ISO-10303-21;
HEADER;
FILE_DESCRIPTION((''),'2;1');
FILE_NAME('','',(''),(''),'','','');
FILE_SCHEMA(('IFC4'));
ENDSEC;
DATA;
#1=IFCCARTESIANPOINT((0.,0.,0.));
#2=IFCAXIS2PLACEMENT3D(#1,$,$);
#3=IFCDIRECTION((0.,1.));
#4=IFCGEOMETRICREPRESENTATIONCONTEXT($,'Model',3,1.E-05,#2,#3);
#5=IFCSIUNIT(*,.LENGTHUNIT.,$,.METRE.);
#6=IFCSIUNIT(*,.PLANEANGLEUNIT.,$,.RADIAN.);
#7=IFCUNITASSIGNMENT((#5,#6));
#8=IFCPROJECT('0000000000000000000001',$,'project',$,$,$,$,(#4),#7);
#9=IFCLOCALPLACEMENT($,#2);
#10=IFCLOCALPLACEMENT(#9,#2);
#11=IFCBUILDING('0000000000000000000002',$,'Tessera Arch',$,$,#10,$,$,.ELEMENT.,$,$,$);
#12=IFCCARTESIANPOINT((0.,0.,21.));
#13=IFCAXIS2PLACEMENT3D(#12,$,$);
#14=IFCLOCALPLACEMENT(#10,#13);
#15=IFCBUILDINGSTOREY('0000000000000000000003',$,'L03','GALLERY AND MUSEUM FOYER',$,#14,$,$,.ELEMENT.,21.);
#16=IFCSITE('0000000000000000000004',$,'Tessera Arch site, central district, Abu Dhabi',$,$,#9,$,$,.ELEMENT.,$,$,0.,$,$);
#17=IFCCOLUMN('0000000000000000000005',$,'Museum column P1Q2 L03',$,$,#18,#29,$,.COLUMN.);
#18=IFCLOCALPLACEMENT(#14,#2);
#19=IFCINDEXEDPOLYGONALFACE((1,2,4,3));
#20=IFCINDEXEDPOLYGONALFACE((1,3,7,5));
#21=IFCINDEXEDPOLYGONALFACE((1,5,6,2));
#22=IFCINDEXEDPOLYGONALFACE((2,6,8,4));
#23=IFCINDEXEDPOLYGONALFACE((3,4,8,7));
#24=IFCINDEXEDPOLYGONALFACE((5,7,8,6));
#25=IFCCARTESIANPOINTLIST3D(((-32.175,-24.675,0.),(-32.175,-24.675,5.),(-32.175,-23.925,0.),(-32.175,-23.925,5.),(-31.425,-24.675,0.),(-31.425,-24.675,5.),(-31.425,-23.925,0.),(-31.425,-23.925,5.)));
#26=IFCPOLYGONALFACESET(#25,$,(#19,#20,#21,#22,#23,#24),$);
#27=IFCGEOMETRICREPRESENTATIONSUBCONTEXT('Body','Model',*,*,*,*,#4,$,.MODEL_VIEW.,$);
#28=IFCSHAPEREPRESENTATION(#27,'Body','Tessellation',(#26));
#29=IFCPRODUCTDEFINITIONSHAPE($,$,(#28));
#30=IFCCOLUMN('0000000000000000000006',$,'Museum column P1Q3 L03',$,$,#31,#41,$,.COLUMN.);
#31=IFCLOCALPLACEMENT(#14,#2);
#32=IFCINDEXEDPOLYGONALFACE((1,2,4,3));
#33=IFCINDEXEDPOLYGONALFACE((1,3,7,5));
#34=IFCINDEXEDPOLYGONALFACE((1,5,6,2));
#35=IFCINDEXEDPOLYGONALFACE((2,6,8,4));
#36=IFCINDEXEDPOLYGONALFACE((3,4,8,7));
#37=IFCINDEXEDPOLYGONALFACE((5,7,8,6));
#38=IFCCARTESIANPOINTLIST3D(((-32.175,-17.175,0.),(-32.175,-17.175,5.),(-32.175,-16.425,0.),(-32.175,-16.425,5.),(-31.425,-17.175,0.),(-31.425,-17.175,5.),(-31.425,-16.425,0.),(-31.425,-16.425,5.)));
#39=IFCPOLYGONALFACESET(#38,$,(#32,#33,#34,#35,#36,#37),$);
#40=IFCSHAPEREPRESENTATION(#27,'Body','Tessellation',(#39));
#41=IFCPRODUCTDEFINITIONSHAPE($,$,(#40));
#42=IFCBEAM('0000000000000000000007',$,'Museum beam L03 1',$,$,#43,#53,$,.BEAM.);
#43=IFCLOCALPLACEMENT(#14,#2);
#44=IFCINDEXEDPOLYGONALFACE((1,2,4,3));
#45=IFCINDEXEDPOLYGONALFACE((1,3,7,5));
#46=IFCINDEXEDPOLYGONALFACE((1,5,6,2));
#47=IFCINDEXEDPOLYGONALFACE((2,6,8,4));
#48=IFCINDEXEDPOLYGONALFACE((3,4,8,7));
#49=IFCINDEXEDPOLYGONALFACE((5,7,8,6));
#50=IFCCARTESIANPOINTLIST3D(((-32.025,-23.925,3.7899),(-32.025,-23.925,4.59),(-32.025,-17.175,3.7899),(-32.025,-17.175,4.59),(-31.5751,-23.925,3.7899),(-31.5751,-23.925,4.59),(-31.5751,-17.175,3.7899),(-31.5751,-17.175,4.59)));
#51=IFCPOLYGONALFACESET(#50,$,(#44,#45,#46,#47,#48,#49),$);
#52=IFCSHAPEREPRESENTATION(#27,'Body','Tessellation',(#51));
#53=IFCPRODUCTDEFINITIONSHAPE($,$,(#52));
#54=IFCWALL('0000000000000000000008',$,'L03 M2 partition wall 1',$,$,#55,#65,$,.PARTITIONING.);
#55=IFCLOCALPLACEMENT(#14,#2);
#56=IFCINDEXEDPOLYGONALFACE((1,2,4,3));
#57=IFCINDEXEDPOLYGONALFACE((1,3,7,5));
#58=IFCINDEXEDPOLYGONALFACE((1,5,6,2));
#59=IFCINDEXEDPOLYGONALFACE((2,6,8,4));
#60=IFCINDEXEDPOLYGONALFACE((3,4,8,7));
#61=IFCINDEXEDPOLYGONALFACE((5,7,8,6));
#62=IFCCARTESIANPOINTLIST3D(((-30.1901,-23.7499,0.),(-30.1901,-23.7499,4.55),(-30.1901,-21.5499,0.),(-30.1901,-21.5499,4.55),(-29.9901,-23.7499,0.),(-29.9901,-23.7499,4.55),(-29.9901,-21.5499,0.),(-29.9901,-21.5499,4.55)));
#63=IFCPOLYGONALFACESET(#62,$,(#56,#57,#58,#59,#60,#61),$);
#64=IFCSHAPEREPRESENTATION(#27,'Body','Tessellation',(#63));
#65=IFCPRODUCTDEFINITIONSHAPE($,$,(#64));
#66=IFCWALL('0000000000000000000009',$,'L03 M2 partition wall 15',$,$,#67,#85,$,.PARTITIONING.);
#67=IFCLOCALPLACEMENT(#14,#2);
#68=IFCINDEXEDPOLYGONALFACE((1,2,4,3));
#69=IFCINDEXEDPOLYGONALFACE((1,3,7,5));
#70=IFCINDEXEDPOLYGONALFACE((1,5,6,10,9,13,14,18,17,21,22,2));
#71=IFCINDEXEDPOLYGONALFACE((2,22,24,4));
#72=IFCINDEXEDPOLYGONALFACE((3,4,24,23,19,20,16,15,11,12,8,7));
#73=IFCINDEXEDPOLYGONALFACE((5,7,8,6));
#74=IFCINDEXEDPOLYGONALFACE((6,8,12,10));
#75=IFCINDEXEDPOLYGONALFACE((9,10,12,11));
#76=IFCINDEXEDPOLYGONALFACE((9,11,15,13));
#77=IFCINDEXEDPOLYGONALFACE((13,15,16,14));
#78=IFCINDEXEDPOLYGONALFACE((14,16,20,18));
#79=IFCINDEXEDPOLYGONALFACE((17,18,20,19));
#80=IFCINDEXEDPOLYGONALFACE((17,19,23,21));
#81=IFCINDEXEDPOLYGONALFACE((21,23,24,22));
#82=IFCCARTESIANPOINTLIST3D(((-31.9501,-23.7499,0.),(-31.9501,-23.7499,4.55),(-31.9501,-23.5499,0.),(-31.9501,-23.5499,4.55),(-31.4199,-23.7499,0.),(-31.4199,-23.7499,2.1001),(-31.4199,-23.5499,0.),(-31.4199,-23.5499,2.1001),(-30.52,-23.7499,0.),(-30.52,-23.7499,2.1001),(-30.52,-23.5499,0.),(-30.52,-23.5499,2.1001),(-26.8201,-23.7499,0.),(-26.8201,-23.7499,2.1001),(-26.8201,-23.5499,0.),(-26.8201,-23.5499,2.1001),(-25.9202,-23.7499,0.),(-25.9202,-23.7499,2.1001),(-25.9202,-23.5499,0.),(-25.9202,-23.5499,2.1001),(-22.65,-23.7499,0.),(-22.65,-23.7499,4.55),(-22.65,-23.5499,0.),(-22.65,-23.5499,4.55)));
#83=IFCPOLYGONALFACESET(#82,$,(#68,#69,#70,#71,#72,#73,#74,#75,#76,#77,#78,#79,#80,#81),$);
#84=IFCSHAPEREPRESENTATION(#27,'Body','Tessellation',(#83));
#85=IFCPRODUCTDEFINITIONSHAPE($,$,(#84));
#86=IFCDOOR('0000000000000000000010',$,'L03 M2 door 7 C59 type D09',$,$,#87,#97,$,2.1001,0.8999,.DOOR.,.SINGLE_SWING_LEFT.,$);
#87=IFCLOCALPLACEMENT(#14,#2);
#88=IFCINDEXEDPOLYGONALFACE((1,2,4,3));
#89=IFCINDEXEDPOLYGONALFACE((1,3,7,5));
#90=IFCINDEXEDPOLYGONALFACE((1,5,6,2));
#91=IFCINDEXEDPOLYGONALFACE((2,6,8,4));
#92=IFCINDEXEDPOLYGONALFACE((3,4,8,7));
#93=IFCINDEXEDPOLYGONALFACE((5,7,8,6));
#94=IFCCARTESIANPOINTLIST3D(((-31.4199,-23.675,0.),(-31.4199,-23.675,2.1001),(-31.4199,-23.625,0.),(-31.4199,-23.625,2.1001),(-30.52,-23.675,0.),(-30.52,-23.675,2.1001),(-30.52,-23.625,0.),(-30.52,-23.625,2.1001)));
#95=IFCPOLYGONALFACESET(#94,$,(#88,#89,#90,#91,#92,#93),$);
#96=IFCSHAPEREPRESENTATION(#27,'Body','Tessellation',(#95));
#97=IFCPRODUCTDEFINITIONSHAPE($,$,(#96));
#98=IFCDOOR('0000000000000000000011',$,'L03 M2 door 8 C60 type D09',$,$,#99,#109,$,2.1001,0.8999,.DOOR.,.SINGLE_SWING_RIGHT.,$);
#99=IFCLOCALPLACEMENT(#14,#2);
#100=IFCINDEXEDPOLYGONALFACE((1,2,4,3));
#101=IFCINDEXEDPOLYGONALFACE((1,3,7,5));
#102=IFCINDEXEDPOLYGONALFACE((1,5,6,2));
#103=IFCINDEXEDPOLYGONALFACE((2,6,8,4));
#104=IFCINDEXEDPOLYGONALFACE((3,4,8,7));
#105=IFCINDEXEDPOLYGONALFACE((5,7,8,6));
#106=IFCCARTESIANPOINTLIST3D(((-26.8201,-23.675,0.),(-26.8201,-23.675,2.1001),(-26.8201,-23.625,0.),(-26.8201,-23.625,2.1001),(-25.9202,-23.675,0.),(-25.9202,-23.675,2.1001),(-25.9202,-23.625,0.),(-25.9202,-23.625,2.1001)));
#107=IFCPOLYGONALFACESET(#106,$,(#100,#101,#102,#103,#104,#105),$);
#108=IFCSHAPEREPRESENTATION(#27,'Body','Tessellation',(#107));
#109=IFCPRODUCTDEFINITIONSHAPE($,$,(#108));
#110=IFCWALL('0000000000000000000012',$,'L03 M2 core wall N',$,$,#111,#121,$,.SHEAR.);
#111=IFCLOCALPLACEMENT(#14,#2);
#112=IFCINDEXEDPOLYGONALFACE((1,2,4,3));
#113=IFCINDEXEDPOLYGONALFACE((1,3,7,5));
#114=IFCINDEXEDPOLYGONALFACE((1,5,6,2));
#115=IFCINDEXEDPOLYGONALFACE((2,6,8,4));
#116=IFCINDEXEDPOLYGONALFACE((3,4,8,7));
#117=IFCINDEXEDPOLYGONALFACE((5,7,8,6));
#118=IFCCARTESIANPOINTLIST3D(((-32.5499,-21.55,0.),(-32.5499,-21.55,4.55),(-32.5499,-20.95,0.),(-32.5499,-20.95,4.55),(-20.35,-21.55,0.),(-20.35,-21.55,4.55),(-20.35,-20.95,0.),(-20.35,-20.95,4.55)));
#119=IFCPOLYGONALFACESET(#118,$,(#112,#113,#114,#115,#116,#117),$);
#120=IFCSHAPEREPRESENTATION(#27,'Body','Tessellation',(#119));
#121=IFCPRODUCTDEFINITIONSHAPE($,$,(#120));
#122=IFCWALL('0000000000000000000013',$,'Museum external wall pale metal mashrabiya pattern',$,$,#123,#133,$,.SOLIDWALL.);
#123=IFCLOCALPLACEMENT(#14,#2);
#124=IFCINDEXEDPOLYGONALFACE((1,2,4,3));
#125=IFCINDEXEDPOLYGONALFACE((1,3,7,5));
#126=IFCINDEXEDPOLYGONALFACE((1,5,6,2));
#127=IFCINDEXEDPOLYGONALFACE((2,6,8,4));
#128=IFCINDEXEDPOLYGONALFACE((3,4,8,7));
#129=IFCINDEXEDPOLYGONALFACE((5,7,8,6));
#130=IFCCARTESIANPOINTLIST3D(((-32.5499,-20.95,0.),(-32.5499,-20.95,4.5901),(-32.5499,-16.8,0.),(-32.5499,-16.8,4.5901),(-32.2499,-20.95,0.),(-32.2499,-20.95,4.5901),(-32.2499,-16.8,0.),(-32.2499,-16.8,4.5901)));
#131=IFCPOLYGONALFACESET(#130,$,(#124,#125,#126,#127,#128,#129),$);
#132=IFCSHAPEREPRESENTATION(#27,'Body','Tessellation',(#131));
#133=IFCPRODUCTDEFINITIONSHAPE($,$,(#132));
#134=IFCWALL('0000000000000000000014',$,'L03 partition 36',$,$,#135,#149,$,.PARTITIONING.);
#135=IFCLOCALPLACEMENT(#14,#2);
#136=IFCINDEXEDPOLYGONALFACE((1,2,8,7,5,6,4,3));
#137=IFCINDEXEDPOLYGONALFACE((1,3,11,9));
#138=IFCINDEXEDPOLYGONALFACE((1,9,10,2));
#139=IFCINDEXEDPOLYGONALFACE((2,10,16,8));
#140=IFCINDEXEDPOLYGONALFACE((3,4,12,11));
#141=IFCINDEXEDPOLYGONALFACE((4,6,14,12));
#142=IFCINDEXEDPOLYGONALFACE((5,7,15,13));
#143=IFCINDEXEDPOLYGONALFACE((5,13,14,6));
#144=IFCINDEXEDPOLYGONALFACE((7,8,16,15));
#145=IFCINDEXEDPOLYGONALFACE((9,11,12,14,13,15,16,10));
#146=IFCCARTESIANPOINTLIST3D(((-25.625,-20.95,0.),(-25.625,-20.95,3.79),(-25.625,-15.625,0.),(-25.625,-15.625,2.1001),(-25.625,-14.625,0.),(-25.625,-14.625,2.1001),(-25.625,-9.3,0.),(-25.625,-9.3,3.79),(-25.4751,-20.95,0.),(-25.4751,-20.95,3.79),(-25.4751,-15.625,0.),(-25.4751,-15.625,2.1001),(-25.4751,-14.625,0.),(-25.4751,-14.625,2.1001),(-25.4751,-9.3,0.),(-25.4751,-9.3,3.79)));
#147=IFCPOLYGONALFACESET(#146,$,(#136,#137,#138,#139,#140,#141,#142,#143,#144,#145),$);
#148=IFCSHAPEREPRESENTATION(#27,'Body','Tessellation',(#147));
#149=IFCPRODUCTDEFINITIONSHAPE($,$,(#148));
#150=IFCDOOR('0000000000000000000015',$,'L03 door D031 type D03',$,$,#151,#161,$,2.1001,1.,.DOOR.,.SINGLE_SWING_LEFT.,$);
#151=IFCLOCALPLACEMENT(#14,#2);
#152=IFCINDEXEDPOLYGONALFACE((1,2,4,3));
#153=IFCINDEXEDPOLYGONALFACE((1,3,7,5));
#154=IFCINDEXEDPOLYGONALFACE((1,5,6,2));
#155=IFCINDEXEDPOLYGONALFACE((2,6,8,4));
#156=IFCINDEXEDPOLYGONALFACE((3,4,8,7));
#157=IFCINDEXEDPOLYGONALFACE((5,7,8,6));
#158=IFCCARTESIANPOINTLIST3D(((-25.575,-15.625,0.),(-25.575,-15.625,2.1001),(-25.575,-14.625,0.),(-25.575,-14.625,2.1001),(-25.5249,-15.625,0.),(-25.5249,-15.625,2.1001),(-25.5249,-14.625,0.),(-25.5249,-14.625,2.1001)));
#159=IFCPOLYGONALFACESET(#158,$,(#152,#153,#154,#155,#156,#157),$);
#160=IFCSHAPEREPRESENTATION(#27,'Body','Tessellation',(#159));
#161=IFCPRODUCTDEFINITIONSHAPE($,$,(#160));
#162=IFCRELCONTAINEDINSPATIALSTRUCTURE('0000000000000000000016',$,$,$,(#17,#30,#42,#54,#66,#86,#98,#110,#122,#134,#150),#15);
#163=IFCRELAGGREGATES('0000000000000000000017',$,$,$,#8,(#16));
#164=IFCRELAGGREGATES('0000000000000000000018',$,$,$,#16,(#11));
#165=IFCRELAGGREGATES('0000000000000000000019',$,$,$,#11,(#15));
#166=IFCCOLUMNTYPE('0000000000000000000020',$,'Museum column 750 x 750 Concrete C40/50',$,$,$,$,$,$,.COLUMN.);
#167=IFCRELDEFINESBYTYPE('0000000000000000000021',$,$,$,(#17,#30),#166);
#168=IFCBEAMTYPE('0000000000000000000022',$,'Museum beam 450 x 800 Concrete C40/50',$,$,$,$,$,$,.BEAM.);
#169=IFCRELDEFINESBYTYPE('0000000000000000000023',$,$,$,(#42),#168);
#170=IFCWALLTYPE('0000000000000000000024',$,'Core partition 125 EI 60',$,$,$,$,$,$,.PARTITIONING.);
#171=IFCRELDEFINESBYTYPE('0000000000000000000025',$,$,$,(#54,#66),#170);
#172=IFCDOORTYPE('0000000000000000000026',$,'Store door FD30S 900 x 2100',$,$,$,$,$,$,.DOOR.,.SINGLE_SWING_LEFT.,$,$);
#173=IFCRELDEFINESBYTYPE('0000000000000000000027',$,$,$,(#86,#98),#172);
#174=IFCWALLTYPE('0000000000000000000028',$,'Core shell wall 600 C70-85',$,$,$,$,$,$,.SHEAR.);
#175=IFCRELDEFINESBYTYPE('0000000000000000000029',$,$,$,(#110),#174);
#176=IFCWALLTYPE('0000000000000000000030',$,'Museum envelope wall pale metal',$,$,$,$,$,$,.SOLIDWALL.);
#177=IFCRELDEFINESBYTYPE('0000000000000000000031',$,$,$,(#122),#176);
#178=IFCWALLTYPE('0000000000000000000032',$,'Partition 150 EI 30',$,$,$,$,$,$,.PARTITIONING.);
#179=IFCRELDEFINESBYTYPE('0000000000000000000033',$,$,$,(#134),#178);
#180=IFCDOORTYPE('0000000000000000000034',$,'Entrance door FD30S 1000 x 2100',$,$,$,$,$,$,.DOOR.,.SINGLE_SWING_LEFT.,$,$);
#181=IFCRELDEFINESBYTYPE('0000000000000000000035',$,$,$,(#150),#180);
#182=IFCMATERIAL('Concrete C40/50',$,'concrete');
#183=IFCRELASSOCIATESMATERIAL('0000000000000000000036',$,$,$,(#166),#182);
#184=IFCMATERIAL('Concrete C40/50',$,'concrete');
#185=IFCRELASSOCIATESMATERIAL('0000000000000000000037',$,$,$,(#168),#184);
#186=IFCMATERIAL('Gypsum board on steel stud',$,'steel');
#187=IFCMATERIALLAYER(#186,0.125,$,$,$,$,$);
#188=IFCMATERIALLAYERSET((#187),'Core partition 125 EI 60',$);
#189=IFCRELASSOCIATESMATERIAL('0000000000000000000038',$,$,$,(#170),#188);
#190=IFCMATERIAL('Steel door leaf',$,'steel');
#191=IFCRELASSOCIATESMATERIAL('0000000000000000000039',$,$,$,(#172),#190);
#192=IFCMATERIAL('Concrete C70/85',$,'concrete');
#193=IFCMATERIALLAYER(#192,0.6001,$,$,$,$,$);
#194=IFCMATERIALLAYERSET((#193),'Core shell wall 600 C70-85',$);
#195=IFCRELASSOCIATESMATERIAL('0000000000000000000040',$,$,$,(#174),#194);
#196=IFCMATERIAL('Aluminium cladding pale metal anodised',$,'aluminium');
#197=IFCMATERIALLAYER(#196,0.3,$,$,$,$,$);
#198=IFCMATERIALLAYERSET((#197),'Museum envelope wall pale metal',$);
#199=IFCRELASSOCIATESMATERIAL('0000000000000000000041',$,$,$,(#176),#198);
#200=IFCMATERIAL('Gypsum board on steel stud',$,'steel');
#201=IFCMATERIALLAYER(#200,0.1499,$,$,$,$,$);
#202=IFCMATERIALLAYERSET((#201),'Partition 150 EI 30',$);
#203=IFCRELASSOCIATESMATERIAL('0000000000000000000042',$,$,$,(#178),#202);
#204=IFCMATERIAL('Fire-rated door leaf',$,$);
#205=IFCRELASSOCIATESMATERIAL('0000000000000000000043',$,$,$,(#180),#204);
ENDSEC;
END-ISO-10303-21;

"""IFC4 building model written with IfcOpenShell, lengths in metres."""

from ifc_helpers import new_model, si_unit, direction, frame, frame_2d, origin, origin_2d, place, context, subcontext, project, spatial, rectangle, extrude, material, layer, layer_set, material_profile, profile_set, type_object, element, fill, save


model = new_model("IFC4")

# Units and contexts
model_context = context("Model", 3, precision=1e-05, world=origin(), true_north=direction((0.0, 1.0)))
body_context = subcontext(model_context, "Body", "Model", "MODEL_VIEW")
ifc_project = project(units=[si_unit("LENGTHUNIT", "METRE"), si_unit("PLANEANGLEUNIT", "RADIAN")], contexts=[model_context])

# Site, building, storey
site_placement = place(None, origin())
site = spatial("IfcSite", under=ifc_project, at=site_placement, Name="Tessera Arch site, central district, Abu Dhabi", CompositionType="ELEMENT", RefElevation=0.0)
building_placement = place(site_placement, origin())
building = spatial("IfcBuilding", under=site, at=building_placement, Name="Tessera Arch", CompositionType="ELEMENT")
storey_placement = place(building_placement, frame((0.0, 0.0, 21.0)))
storey = spatial("IfcBuildingStorey", under=building, at=storey_placement, Name="L03", Description="GALLERY AND MUSEUM FOYER", CompositionType="ELEMENT", Elevation=21.0)

# Columns
ifc_material_1 = material(Name="Concrete C40/50", Category="concrete")
ifc_material_profile_1 = material_profile(ifc_material_1, rectangle(XDim=0.75, YDim=0.75, at=origin_2d()), Name="Museum column 750 x 750 Concrete C40/50")
ifc_profile_set_1 = profile_set([ifc_material_profile_1], Name="Concrete C40/50")
column_type = type_object("IfcColumnType", Name="Museum column 750 x 750 Concrete C40/50", PredefinedType="COLUMN", material=ifc_profile_set_1)
for number, where, z_axis, x_axis, name in (
    (1, (-31.8, -24.3, 0.0), (0.0, 0.0, 1.0), (1.0, 0.0, 0.0), "Museum column P1Q2 L03"),
    (2, (-31.8, -16.8, 0.0), (0.0, 0.0, 1.0), (1.0, 0.0, 0.0), "Museum column P1Q3 L03"),
):
    element("IfcColumn", number, at=place(storey_placement, frame(where, z_axis=z_axis, x_axis=x_axis)), inside=storey, type_object=column_type, Name=name, PredefinedType="COLUMN", context=body_context, shape_type="SweptSolid", body=[
        extrude(rectangle(XDim=0.75, YDim=0.75, at=origin_2d()), origin(), (0.0, 0.0, 1.0), 5.0),
    ])

# Beam
ifc_material_2 = material(Name="Concrete C40/50", Category="concrete")
ifc_material_profile_2 = material_profile(ifc_material_2, rectangle(XDim=0.45, YDim=0.8, at=origin_2d()), Name="Museum beam 450 x 800 Concrete C40/50")
ifc_profile_set_2 = profile_set([ifc_material_profile_2], Name="Concrete C40/50")
beam_type = type_object("IfcBeamType", Name="Museum beam 450 x 800 Concrete C40/50", PredefinedType="BEAM", material=ifc_profile_set_2)
beam_placement = place(storey_placement, frame((-31.8, -23.925, 4.1899), z_axis=(0.0, 1.0, 0.0), x_axis=(-1.0, 0.0, 0.0)))
element("IfcBeam", 3, at=beam_placement, inside=storey, type_object=beam_type, Name="Museum beam L03 1", PredefinedType="BEAM", context=body_context, shape_type="SweptSolid", body=[
    extrude(rectangle(XDim=0.45, YDim=0.8, at=origin_2d()), origin(), (0.0, 0.0, 1.0), 6.75),
])

# Wall
ifc_material_3 = material(Name="Gypsum board on steel stud", Category="steel")
ifc_layer_1 = layer(ifc_material_3, 0.125)
ifc_layer_set_1 = layer_set([ifc_layer_1], Name="Core partition 125 EI 60")
wall_type_1 = type_object("IfcWallType", Name="Core partition 125 EI 60", PredefinedType="PARTITIONING", material=ifc_layer_set_1)
wall_1_placement = place(storey_placement, frame((-30.0901, -23.75, 0.0), z_axis=(0.0, 0.0, 1.0), x_axis=(0.0, 1.0, 0.0)))
element("IfcWall", 4, at=wall_1_placement, inside=storey, type_object=wall_type_1, Name="L03 M2 partition wall 1", PredefinedType="PARTITIONING", context=body_context, shape_type="SweptSolid", body=[
    extrude(rectangle(XDim=2.2, YDim=0.2, at=frame_2d((1.1001, 0.0))), origin(), (0.0, 0.0, 1.0), 4.55),
])

# Wall, openings, doors
wall_2_placement = place(storey_placement, frame((-31.95, -23.6499, 0.0), z_axis=(0.0, 0.0, 1.0), x_axis=(1.0, 0.0, 0.0)))
wall_2 = element("IfcWall", 5, at=wall_2_placement, inside=storey, type_object=wall_type_1, Name="L03 M2 partition wall 15", PredefinedType="PARTITIONING", context=body_context, shape_type="SweptSolid", body=[
    extrude(rectangle(XDim=9.3, YDim=0.2, at=frame_2d((4.6499, 0.0))), origin(), (0.0, 0.0, 1.0), 4.55),
])
opening_1_placement = place(wall_2_placement, frame((0.53, 0.0, 0.0)))
opening_1 = element("IfcOpeningElement", 6, at=opening_1_placement, cuts=wall_2, PredefinedType="OPENING", context=body_context, shape_type="SweptSolid", body=[
    extrude(rectangle(XDim=0.8999, YDim=2.1001, at=frame_2d((0.45, 1.05))), frame((0.0, 0.1099, 0.0), z_axis=(0.0, -1.0, 0.0), x_axis=(1.0, 0.0, 0.0)), (0.0, 0.0, 1.0), 0.22),
])
opening_2_placement = place(wall_2_placement, frame((5.1299, 0.0, 0.0)))
opening_2 = element("IfcOpeningElement", 7, at=opening_2_placement, cuts=wall_2, PredefinedType="OPENING", context=body_context, shape_type="SweptSolid", body=[
    extrude(rectangle(XDim=0.8999, YDim=2.1001, at=frame_2d((0.45, 1.05))), frame((0.0, 0.1099, 0.0), z_axis=(0.0, -1.0, 0.0), x_axis=(1.0, 0.0, 0.0)), (0.0, 0.0, 1.0), 0.22),
])
ifc_material_4 = material(Name="Steel door leaf", Category="steel")
door_type_1 = type_object("IfcDoorType", Name="Store door FD30S 900 x 2100", OperationType="SINGLE_SWING_LEFT", PredefinedType="DOOR", material=ifc_material_4)
door_1_placement = place(opening_1_placement, origin())
door_1 = element("IfcDoor", 8, at=door_1_placement, inside=storey, type_object=door_type_1, Name="L03 M2 door 7 C59 type D09", OperationType="SINGLE_SWING_LEFT", OverallHeight=2.1001, OverallWidth=0.8999, PredefinedType="DOOR", context=body_context, shape_type="SweptSolid", body=[
    extrude(rectangle(XDim=0.8999, YDim=2.1001, at=frame_2d((0.45, 1.05))), frame((0.0, 0.0249, 0.0), z_axis=(0.0, -1.0, 0.0), x_axis=(1.0, 0.0, 0.0)), (0.0, 0.0, 1.0), 0.05),
])
fill(opening_1, door_1)
door_2_placement = place(opening_2_placement, origin())
door_2 = element("IfcDoor", 9, at=door_2_placement, inside=storey, type_object=door_type_1, Name="L03 M2 door 8 C60 type D09", OperationType="SINGLE_SWING_RIGHT", OverallHeight=2.1001, OverallWidth=0.8999, PredefinedType="DOOR", context=body_context, shape_type="SweptSolid", body=[
    extrude(rectangle(XDim=0.8999, YDim=2.1001, at=frame_2d((0.45, 1.05))), frame((0.0, 0.0249, 0.0), z_axis=(0.0, -1.0, 0.0), x_axis=(1.0, 0.0, 0.0)), (0.0, 0.0, 1.0), 0.05),
])
fill(opening_2, door_2)

# Walls
ifc_material_5 = material(Name="Concrete C70/85", Category="concrete")
ifc_layer_2 = layer(ifc_material_5, 0.6001)
ifc_layer_set_2 = layer_set([ifc_layer_2], Name="Core shell wall 600 C70-85")
wall_type_2 = type_object("IfcWallType", Name="Core shell wall 600 C70-85", PredefinedType="SHEAR", material=ifc_layer_set_2)
wall_3_placement = place(storey_placement, frame((-32.55, -21.25, 0.0), z_axis=(0.0, 0.0, 1.0), x_axis=(1.0, 0.0, 0.0)))
element("IfcWall", 10, at=wall_3_placement, inside=storey, type_object=wall_type_2, Name="L03 M2 core wall N", PredefinedType="SHEAR", context=body_context, shape_type="SweptSolid", body=[
    extrude(rectangle(XDim=12.2, YDim=0.6001, at=frame_2d((6.1001, 0.0))), origin(), (0.0, 0.0, 1.0), 4.55),
])
ifc_material_6 = material(Name="Aluminium cladding pale metal anodised", Category="aluminium")
ifc_layer_3 = layer(ifc_material_6, 0.3)
ifc_layer_set_3 = layer_set([ifc_layer_3], Name="Museum envelope wall pale metal")
wall_type_3 = type_object("IfcWallType", Name="Museum envelope wall pale metal", PredefinedType="SOLIDWALL", material=ifc_layer_set_3)
wall_4_placement = place(storey_placement, frame((-32.3999, -16.8, 0.0), z_axis=(0.0, 0.0, 1.0), x_axis=(0.0, -1.0, 0.0)))
element("IfcWall", 11, at=wall_4_placement, inside=storey, type_object=wall_type_3, Name="Museum external wall pale metal mashrabiya pattern", PredefinedType="SOLIDWALL", context=body_context, shape_type="SweptSolid", body=[
    extrude(rectangle(XDim=4.1499, YDim=0.3, at=frame_2d((2.075, 0.0))), origin(), (0.0, 0.0, 1.0), 4.5901),
])

# Wall, opening, door
ifc_material_7 = material(Name="Gypsum board on steel stud", Category="steel")
ifc_layer_4 = layer(ifc_material_7, 0.1499)
ifc_layer_set_4 = layer_set([ifc_layer_4], Name="Partition 150 EI 30")
wall_type_4 = type_object("IfcWallType", Name="Partition 150 EI 30", PredefinedType="PARTITIONING", material=ifc_layer_set_4)
wall_5_placement = place(storey_placement, frame((-25.55, -20.95, 0.0), z_axis=(0.0, 0.0, 1.0), x_axis=(0.0, 1.0, 0.0)))
wall_5 = element("IfcWall", 12, at=wall_5_placement, inside=storey, type_object=wall_type_4, Name="L03 partition 36", PredefinedType="PARTITIONING", context=body_context, shape_type="SweptSolid", body=[
    extrude(rectangle(XDim=11.6499, YDim=0.1499, at=frame_2d((5.825, 0.0))), origin(), (0.0, 0.0, 1.0), 3.79),
])
opening_3_placement = place(wall_5_placement, frame((5.325, 0.0, 0.0)))
opening_3 = element("IfcOpeningElement", 13, at=opening_3_placement, cuts=wall_5, PredefinedType="OPENING", context=body_context, shape_type="SweptSolid", body=[
    extrude(rectangle(XDim=1.0, YDim=2.1001, at=frame_2d((0.5, 1.05))), frame((0.0, 0.085, 0.0), z_axis=(0.0, -1.0, 0.0), x_axis=(1.0, 0.0, 0.0)), (0.0, 0.0, 1.0), 0.1699),
])
ifc_material_8 = material(Name="Fire-rated door leaf")
door_type_2 = type_object("IfcDoorType", Name="Entrance door FD30S 1000 x 2100", OperationType="SINGLE_SWING_LEFT", PredefinedType="DOOR", material=ifc_material_8)
door_3_placement = place(opening_3_placement, origin())
door_3 = element("IfcDoor", 14, at=door_3_placement, inside=storey, type_object=door_type_2, Name="L03 door D031 type D03", OperationType="SINGLE_SWING_LEFT", OverallHeight=2.1001, OverallWidth=1.0, PredefinedType="DOOR", context=body_context, shape_type="SweptSolid", body=[
    extrude(rectangle(XDim=1.0, YDim=2.1001, at=frame_2d((0.5, 1.05))), frame((0.0, 0.0249, 0.0), z_axis=(0.0, -1.0, 0.0), x_axis=(1.0, 0.0, 0.0)), (0.0, 0.0, 1.0), 0.05),
])
fill(opening_3, door_3)

save(model, "model.ifc")
